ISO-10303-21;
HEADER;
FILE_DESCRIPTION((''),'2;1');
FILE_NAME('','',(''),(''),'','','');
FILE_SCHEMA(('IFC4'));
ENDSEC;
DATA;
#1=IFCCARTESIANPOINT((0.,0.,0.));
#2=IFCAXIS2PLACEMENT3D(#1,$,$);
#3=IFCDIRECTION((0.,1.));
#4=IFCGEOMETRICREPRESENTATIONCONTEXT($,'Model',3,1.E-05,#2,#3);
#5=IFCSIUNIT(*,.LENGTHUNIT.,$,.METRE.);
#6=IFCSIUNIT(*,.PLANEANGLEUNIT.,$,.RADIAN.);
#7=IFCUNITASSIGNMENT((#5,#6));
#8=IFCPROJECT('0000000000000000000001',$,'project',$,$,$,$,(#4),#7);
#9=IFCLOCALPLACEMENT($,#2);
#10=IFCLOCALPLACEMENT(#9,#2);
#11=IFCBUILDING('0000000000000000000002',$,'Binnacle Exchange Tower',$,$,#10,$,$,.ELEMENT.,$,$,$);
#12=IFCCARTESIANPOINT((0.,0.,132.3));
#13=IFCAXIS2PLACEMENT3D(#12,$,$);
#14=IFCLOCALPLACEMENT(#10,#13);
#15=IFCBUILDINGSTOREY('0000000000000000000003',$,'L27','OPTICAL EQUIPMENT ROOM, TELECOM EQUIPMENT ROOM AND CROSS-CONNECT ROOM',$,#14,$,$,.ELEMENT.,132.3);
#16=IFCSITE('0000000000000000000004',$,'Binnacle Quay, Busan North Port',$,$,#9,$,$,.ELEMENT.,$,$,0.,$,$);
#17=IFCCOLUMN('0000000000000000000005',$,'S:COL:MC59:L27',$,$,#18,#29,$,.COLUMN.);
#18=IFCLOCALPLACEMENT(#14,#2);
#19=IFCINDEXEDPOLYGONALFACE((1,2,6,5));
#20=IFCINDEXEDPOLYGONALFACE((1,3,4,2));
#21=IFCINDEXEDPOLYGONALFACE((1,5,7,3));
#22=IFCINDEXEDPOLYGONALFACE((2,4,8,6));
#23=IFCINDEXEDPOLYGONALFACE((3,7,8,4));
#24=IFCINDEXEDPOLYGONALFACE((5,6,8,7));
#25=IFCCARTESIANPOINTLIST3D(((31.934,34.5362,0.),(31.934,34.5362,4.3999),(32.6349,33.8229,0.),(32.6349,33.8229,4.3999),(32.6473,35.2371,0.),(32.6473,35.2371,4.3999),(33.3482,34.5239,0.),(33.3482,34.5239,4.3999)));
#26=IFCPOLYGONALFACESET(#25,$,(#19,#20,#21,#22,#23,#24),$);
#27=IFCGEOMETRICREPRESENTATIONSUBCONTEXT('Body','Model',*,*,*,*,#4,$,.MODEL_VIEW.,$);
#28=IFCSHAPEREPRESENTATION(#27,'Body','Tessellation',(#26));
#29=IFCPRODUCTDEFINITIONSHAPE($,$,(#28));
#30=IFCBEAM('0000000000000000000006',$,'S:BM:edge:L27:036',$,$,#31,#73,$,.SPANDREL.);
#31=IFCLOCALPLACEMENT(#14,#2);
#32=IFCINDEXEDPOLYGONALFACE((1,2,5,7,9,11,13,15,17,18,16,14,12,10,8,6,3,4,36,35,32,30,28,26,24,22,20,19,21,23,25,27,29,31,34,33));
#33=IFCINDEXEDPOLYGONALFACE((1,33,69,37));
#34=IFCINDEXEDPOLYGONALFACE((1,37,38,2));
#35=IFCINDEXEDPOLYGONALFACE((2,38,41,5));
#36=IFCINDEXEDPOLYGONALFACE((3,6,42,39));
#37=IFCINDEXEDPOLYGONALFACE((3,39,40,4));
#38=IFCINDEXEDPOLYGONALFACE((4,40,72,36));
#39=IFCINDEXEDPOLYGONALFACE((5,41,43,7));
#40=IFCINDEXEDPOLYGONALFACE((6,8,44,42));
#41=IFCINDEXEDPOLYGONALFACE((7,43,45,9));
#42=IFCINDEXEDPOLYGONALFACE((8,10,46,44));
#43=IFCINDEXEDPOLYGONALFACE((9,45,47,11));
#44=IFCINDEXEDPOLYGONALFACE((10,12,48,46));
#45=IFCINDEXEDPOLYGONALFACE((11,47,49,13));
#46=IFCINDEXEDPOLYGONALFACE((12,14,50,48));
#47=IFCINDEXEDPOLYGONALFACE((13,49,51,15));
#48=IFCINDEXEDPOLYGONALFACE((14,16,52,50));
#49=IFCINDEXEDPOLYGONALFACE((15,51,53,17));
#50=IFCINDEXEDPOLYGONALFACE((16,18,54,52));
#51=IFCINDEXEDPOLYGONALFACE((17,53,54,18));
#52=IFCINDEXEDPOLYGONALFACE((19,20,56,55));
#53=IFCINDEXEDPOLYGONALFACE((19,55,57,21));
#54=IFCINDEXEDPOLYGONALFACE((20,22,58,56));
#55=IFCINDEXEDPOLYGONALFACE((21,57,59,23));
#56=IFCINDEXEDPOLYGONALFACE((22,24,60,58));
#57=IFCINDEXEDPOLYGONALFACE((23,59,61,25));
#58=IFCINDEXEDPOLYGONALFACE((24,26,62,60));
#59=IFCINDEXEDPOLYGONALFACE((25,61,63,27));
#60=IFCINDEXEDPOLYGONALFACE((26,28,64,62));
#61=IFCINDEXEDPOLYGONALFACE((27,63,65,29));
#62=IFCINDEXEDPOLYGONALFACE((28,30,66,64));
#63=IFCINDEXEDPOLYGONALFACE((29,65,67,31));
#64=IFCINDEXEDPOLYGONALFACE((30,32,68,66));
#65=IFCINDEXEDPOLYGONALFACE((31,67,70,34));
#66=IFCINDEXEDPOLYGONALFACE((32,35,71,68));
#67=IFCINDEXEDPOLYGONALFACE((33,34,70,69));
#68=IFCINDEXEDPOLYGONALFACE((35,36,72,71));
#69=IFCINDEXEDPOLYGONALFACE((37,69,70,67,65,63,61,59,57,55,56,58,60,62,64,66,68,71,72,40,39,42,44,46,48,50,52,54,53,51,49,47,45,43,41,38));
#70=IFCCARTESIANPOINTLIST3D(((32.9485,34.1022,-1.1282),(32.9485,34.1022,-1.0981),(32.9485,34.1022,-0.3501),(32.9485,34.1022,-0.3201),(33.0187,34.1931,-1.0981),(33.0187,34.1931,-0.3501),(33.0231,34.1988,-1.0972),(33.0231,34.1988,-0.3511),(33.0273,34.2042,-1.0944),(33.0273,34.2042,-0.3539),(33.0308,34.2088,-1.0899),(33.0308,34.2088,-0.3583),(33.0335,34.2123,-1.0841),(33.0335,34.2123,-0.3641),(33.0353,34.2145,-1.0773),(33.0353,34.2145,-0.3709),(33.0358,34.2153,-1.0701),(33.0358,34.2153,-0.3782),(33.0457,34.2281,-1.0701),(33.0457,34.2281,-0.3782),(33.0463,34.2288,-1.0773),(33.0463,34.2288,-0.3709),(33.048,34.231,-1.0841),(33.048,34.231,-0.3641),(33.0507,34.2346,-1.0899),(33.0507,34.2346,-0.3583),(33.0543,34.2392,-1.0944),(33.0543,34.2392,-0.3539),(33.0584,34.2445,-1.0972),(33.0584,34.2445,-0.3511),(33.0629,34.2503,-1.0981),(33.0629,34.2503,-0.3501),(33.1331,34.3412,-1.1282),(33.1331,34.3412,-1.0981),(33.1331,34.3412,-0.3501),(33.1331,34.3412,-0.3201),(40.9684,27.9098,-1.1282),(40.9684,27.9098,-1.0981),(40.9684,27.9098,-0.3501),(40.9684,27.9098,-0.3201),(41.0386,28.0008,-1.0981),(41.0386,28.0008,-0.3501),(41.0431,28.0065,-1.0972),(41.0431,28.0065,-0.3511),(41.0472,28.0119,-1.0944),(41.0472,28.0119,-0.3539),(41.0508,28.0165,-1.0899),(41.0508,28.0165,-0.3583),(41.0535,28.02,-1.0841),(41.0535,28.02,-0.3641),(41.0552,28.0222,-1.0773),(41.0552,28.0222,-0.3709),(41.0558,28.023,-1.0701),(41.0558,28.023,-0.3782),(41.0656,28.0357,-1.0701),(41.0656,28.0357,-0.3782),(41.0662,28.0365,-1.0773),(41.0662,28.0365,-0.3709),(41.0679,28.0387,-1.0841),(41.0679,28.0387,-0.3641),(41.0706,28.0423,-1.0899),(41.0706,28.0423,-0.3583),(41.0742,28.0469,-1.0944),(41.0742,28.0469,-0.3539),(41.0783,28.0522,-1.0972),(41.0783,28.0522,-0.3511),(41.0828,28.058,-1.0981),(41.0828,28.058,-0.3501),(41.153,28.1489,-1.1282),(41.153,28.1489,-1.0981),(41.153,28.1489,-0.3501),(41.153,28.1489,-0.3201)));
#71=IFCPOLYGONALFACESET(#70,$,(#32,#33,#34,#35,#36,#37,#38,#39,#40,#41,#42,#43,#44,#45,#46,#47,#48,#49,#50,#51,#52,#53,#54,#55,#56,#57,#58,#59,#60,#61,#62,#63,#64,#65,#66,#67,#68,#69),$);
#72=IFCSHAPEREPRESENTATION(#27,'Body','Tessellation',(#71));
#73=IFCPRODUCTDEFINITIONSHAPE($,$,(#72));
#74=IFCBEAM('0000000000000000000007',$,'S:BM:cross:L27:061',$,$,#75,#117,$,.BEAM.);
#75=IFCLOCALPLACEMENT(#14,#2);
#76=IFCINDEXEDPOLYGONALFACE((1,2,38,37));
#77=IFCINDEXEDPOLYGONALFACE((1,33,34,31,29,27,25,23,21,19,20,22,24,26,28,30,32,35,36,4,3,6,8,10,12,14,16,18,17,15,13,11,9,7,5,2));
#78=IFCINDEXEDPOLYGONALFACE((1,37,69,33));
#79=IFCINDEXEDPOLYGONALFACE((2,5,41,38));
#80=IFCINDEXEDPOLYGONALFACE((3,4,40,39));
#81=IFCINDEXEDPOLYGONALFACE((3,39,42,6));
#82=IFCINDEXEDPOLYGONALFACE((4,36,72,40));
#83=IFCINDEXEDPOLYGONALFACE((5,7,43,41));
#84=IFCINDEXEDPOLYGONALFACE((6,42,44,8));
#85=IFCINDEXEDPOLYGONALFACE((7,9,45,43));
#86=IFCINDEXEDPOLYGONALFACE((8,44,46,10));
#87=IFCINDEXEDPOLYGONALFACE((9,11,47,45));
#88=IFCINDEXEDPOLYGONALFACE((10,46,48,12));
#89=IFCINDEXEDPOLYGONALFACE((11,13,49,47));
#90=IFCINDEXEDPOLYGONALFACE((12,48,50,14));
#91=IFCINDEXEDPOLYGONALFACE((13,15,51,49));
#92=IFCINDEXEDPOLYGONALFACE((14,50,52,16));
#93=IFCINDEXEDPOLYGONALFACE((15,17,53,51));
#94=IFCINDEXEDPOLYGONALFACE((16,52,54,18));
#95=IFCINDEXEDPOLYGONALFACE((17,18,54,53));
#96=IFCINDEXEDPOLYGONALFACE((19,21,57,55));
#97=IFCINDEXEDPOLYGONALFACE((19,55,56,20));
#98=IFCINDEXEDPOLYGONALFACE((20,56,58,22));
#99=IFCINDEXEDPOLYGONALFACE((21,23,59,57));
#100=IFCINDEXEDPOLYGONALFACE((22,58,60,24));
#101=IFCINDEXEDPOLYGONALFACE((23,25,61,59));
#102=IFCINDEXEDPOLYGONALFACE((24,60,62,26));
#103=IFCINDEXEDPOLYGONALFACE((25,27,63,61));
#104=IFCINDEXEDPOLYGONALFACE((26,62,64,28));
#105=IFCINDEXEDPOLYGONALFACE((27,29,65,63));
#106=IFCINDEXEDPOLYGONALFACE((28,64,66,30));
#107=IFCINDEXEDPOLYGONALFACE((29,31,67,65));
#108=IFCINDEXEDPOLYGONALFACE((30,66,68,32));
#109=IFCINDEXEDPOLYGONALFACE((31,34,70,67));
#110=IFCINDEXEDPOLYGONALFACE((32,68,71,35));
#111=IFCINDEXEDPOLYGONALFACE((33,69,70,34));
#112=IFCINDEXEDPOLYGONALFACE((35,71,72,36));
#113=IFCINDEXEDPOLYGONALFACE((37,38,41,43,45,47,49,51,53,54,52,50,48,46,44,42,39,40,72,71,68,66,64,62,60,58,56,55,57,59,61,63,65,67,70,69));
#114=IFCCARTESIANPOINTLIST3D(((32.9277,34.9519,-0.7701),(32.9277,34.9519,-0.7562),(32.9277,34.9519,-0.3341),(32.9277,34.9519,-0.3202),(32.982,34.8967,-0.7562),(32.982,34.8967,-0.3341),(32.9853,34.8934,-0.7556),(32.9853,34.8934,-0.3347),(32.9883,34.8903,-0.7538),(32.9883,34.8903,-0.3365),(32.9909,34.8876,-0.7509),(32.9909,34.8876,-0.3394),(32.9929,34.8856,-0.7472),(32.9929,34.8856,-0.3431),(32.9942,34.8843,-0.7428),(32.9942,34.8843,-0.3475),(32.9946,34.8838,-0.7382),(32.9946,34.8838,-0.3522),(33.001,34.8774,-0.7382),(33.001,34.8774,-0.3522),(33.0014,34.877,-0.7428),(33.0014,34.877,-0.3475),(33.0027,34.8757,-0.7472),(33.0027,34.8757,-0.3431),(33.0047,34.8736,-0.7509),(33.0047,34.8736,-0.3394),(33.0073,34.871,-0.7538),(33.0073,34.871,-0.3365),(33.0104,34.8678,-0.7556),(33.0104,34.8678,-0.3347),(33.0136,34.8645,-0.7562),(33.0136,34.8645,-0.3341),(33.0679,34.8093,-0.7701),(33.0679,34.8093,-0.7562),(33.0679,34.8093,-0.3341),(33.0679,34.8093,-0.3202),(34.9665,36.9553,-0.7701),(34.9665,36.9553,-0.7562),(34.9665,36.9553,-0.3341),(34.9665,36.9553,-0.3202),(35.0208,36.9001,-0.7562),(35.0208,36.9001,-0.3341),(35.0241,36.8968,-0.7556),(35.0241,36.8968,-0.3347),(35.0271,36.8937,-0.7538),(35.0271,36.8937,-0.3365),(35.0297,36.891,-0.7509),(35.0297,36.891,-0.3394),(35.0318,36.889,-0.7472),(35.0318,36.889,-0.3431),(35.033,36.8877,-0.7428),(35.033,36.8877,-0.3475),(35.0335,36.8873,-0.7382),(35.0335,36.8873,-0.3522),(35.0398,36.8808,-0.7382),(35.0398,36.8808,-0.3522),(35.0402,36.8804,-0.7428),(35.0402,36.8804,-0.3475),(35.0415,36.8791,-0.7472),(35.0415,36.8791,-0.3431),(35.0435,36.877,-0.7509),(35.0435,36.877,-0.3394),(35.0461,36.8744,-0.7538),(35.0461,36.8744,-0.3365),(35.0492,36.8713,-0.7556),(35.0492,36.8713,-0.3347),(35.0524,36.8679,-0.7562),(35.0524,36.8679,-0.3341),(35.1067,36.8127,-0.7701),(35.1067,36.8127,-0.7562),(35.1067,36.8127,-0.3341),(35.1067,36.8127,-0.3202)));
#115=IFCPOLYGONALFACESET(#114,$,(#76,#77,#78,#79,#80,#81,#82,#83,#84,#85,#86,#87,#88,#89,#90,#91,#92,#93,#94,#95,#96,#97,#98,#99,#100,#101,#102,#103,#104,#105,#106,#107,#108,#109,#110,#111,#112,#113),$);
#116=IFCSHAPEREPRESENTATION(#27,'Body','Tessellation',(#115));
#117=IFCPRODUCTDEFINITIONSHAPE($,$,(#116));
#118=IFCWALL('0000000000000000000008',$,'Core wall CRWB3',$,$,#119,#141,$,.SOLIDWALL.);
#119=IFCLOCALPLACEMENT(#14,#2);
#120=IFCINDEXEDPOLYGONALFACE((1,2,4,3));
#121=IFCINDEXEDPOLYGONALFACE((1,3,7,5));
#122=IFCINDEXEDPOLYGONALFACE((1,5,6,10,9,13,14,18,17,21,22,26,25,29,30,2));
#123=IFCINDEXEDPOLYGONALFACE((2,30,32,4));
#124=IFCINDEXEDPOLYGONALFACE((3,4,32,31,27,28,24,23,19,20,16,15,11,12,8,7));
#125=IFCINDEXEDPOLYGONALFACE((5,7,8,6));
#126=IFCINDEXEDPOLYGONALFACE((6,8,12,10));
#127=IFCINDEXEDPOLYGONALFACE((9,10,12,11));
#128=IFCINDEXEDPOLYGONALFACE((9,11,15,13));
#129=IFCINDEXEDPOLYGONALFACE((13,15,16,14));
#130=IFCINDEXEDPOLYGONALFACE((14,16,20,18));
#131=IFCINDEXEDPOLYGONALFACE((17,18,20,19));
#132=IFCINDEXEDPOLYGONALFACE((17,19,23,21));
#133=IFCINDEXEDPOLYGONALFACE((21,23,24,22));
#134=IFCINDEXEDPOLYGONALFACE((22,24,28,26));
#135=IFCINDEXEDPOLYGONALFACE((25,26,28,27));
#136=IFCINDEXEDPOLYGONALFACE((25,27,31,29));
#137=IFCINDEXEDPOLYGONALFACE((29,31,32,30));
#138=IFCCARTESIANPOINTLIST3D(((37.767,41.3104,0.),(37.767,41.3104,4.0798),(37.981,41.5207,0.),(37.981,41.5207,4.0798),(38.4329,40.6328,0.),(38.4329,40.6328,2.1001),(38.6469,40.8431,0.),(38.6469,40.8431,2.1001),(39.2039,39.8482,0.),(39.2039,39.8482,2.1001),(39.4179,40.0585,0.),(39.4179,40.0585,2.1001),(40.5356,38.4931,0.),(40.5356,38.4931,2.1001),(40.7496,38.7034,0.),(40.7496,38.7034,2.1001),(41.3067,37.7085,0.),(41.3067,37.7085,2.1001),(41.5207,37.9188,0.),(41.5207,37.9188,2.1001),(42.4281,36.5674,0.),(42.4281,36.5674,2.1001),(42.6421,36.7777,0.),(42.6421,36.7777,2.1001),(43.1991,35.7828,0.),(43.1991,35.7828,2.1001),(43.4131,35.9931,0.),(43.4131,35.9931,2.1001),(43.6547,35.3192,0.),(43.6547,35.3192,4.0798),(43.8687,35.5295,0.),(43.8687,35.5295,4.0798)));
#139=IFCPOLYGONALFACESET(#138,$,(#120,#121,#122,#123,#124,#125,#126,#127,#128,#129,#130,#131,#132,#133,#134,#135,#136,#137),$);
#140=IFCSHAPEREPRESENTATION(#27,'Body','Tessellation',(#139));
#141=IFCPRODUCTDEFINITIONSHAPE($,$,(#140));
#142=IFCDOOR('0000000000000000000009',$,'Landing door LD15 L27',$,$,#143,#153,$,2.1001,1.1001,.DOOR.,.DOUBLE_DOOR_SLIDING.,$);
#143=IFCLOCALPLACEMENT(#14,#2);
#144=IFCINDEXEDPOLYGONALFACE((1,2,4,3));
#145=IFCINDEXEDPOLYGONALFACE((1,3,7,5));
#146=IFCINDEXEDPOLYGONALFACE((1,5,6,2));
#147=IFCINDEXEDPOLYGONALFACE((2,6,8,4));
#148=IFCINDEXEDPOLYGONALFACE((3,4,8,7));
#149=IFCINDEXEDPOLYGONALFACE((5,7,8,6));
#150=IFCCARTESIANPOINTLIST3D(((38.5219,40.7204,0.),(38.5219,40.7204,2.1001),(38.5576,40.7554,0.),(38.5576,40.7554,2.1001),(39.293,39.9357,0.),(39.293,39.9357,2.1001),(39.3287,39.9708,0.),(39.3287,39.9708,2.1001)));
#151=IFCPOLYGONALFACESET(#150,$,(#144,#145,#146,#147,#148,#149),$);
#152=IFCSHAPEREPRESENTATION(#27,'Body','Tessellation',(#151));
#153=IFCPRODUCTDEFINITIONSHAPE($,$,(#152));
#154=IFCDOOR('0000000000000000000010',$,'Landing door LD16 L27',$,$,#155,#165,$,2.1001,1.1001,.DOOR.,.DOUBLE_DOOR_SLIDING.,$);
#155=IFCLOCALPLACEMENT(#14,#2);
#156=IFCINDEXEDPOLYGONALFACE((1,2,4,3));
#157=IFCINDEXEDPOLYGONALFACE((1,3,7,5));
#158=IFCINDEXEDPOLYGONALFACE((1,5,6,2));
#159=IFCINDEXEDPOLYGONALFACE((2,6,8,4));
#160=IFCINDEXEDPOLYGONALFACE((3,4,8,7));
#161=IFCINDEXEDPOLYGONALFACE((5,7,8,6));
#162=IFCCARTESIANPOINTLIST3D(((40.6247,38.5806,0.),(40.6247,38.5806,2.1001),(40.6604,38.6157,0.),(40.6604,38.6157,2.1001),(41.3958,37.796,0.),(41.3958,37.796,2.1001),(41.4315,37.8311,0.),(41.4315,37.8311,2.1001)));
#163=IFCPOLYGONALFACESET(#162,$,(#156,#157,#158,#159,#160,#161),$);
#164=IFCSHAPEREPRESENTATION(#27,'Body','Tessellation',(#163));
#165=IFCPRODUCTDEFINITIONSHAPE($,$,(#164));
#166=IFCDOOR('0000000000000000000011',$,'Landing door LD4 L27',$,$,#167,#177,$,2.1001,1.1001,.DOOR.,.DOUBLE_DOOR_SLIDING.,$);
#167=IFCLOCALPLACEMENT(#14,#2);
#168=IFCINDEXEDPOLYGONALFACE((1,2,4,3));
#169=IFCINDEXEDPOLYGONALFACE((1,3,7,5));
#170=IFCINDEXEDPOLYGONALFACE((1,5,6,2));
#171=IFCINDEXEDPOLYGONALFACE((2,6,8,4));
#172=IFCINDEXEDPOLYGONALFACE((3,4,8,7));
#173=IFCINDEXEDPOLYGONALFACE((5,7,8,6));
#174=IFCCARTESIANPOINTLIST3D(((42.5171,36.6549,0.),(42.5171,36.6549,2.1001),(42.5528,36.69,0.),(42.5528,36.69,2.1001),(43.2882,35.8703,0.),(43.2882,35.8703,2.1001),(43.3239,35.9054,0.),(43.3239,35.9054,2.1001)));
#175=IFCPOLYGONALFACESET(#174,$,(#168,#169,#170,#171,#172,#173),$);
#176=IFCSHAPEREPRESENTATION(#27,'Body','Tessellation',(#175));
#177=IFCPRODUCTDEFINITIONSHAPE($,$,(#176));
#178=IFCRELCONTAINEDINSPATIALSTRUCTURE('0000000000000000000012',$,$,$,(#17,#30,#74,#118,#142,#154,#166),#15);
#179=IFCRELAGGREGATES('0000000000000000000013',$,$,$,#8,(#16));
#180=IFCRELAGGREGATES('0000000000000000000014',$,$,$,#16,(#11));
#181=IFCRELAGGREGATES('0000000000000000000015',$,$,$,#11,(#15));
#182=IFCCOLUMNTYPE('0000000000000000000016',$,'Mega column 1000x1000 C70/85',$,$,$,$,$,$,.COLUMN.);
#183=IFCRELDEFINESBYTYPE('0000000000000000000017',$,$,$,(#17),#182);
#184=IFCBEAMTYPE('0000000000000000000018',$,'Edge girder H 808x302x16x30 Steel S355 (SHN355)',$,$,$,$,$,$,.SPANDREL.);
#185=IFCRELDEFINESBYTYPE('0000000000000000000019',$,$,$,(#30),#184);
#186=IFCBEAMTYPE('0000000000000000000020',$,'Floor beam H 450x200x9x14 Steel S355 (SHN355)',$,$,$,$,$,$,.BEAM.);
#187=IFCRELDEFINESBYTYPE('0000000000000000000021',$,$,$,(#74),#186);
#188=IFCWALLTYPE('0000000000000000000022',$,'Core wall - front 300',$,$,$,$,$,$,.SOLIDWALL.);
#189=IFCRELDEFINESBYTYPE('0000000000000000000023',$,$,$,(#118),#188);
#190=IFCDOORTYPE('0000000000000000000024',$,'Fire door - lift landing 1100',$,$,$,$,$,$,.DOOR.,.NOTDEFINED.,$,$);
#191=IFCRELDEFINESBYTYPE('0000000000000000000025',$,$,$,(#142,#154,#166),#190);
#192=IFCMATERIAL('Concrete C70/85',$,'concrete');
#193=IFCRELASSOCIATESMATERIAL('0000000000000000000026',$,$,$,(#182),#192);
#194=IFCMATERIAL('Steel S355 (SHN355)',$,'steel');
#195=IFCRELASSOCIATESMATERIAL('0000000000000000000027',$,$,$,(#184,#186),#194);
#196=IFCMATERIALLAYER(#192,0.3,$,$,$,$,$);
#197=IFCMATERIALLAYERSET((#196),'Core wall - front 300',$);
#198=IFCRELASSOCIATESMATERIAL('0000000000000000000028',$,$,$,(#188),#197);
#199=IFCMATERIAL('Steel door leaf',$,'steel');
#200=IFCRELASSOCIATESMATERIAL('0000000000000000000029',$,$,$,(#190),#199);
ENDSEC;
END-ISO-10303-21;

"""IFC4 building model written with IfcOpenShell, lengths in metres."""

from ifc_helpers import new_model, si_unit, direction, frame, frame_2d, origin, origin_2d, place, context, subcontext, project, spatial, rectangle, i_section, extrude, material, layer, layer_set, material_profile, profile_set, type_object, element, fill, save


model = new_model("IFC4")

# Units and contexts
model_context = context("Model", 3, precision=1e-05, world=origin(), true_north=direction((0.0, 1.0)))
body_context = subcontext(model_context, "Body", "Model", "MODEL_VIEW")
ifc_project = project(units=[si_unit("LENGTHUNIT", "METRE"), si_unit("PLANEANGLEUNIT", "RADIAN")], contexts=[model_context])

# Site, building, storey
site_placement = place(None, origin())
site = spatial("IfcSite", under=ifc_project, at=site_placement, Name="Binnacle Quay, Busan North Port", CompositionType="ELEMENT", RefElevation=0.0)
building_placement = place(site_placement, origin())
building = spatial("IfcBuilding", under=site, at=building_placement, Name="Binnacle Exchange Tower", CompositionType="ELEMENT")
storey_placement = place(building_placement, frame((0.0, 0.0, 132.3)))
storey = spatial("IfcBuildingStorey", under=building, at=storey_placement, Name="L27", Description="OPTICAL EQUIPMENT ROOM, TELECOM EQUIPMENT ROOM AND CROSS-CONNECT ROOM", CompositionType="ELEMENT", Elevation=132.3)

# Column
ifc_material_1 = material(Name="Concrete C70/85", Category="concrete")
ifc_material_profile_1 = material_profile(ifc_material_1, rectangle(XDim=1.0, YDim=1.0, at=origin_2d()), Name="Mega column 1000x1000 C70/85")
ifc_profile_set_1 = profile_set([ifc_material_profile_1], Name="Concrete C70/85")
column_type = type_object("IfcColumnType", Name="Mega column 1000x1000 C70/85", PredefinedType="COLUMN", material=ifc_profile_set_1)
column_placement = place(storey_placement, frame((32.6411, 34.53, 0.0), z_axis=(0.0, 0.0, 1.0), x_axis=(0.700909, -0.71325, 0.0)))
element("IfcColumn", 1, at=column_placement, inside=storey, type_object=column_type, Name="S:COL:MC59:L27", PredefinedType="COLUMN", context=body_context, shape_type="SweptSolid", body=[
    extrude(rectangle(XDim=1.0, YDim=1.0, at=origin_2d()), origin(), (0.0, 0.0, 1.0), 4.3999),
])

# Beams
ifc_material_2 = material(Name="Steel S355 (SHN355)", Category="steel")
ifc_material_profile_2 = material_profile(ifc_material_2, i_section(OverallWidth=0.302, OverallDepth=0.8081, WebThickness=0.0161, FlangeThickness=0.03, FilletRadius=0.0281, at=origin_2d()), Name="H 808x302x16x30")
ifc_profile_set_2 = profile_set([ifc_material_profile_2], Name="Steel S355 (SHN355)")
beam_type_1 = type_object("IfcBeamType", Name="Edge girder H 808x302x16x30 Steel S355 (SHN355)", PredefinedType="SPANDREL", material=ifc_profile_set_2)
beam_1_placement = place(storey_placement, frame((33.0408, 34.2217, -0.7241), z_axis=(0.791519, -0.611144, 0.0), x_axis=(0.611144, 0.791519, 0.0)))
element("IfcBeam", 2, at=beam_1_placement, inside=storey, type_object=beam_type_1, Name="S:BM:edge:L27:036", PredefinedType="SPANDREL", context=body_context, shape_type="SweptSolid", body=[
    extrude(i_section(OverallWidth=0.302, OverallDepth=0.8081, WebThickness=0.0161, FlangeThickness=0.03, FilletRadius=0.0281, at=origin_2d()), origin(), (0.0, 0.0, 1.0), 10.1323),
])
ifc_material_profile_3 = material_profile(ifc_material_2, i_section(OverallWidth=0.2, OverallDepth=0.45, WebThickness=0.009, FlangeThickness=0.0139, FilletRadius=0.0181, at=origin_2d()), Name="H 450x200x9x14")
ifc_profile_set_3 = profile_set([ifc_material_profile_3], Name="Steel S355 (SHN355)")
beam_type_2 = type_object("IfcBeamType", Name="Floor beam H 450x200x9x14 Steel S355 (SHN355)", PredefinedType="BEAM", material=ifc_profile_set_3)
beam_2_placement = place(storey_placement, frame((32.9978, 34.8806, -0.5452), z_axis=(0.713272, 0.700887, 0.0), x_axis=(-0.700887, 0.713272, 0.0)))
element("IfcBeam", 3, at=beam_2_placement, inside=storey, type_object=beam_type_2, Name="S:BM:cross:L27:061", PredefinedType="BEAM", context=body_context, shape_type="SweptSolid", body=[
    extrude(i_section(OverallWidth=0.2, OverallDepth=0.45, WebThickness=0.009, FlangeThickness=0.0139, FilletRadius=0.0181, at=origin_2d()), origin(), (0.0, 0.0, 1.0), 2.8584),
])

# Wall, openings, doors
ifc_layer_1 = layer(ifc_material_1, 0.3)
ifc_layer_set_1 = layer_set([ifc_layer_1], Name="Core wall - front 300")
wall_type_1 = type_object("IfcWallType", Name="Core wall - front 300", PredefinedType="SOLIDWALL", material=ifc_layer_set_1)
wall_1_placement = place(storey_placement, frame((37.874, 41.4155, 0.0), z_axis=(0.0, 0.0, 1.0), x_axis=(0.700918, -0.713242, 0.0)))
wall_1 = element("IfcWall", 4, at=wall_1_placement, inside=storey, type_object=wall_type_1, Name="Core wall CRWB3", PredefinedType="SOLIDWALL", context=body_context, shape_type="SweptSolid", body=[
    extrude(rectangle(XDim=8.3999, YDim=0.3, at=frame_2d((4.2, 0.0))), origin(), (0.0, 0.0, 1.0), 4.0798),
])
opening_1_placement = place(wall_1_placement, frame((0.95, 0.0, 0.0)))
opening_1 = element("IfcOpeningElement", 5, at=opening_1_placement, cuts=wall_1, PredefinedType="OPENING", context=body_context, shape_type="SweptSolid", body=[
    extrude(rectangle(XDim=1.1001, YDim=2.1001, at=frame_2d((0.55, 1.05))), frame((0.0, 0.1599, 0.0), z_axis=(0.0, -1.0, 0.0), x_axis=(1.0, 0.0, 0.0)), (0.0, 0.0, 1.0), 0.3201),
])
opening_2_placement = place(wall_1_placement, frame((3.95, 0.0, 0.0)))
opening_2 = element("IfcOpeningElement", 6, at=opening_2_placement, cuts=wall_1, PredefinedType="OPENING", context=body_context, shape_type="SweptSolid", body=[
    extrude(rectangle(XDim=1.1001, YDim=2.1001, at=frame_2d((0.55, 1.05))), frame((0.0, 0.1599, 0.0), z_axis=(0.0, -1.0, 0.0), x_axis=(1.0, 0.0, 0.0)), (0.0, 0.0, 1.0), 0.3201),
])
opening_3_placement = place(wall_1_placement, frame((6.6499, 0.0, 0.0)))
opening_3 = element("IfcOpeningElement", 7, at=opening_3_placement, cuts=wall_1, PredefinedType="OPENING", context=body_context, shape_type="SweptSolid", body=[
    extrude(rectangle(XDim=1.1001, YDim=2.1001, at=frame_2d((0.55, 1.05))), frame((0.0, 0.1599, 0.0), z_axis=(0.0, -1.0, 0.0), x_axis=(1.0, 0.0, 0.0)), (0.0, 0.0, 1.0), 0.3201),
])
ifc_material_3 = material(Name="Steel door leaf", Category="steel")
door_type_1 = type_object("IfcDoorType", Name="Fire door - lift landing 1100", OperationType="NOTDEFINED", PredefinedType="DOOR", material=ifc_material_3)
door_1_placement = place(opening_1_placement, origin())
door_1 = element("IfcDoor", 8, at=door_1_placement, inside=storey, type_object=door_type_1, Name="Landing door LD15 L27", OperationType="DOUBLE_DOOR_SLIDING", OverallHeight=2.1001, OverallWidth=1.1001, PredefinedType="DOOR", context=body_context, shape_type="SweptSolid", body=[
    extrude(rectangle(XDim=1.1001, YDim=2.1001, at=frame_2d((0.55, 1.05))), frame((0.0, 0.0249, 0.0), z_axis=(0.0, -1.0, 0.0), x_axis=(1.0, 0.0, 0.0)), (0.0, 0.0, 1.0), 0.05),
])
fill(opening_1, door_1)
door_2_placement = place(opening_2_placement, origin())
door_2 = element("IfcDoor", 9, at=door_2_placement, inside=storey, type_object=door_type_1, Name="Landing door LD16 L27", OperationType="DOUBLE_DOOR_SLIDING", OverallHeight=2.1001, OverallWidth=1.1001, PredefinedType="DOOR", context=body_context, shape_type="SweptSolid", body=[
    extrude(rectangle(XDim=1.1001, YDim=2.1001, at=frame_2d((0.55, 1.05))), frame((0.0, 0.0249, 0.0), z_axis=(0.0, -1.0, 0.0), x_axis=(1.0, 0.0, 0.0)), (0.0, 0.0, 1.0), 0.05),
])
fill(opening_2, door_2)
door_3_placement = place(opening_3_placement, origin())
door_3 = element("IfcDoor", 10, at=door_3_placement, inside=storey, type_object=door_type_1, Name="Landing door LD4 L27", OperationType="DOUBLE_DOOR_SLIDING", OverallHeight=2.1001, OverallWidth=1.1001, PredefinedType="DOOR", context=body_context, shape_type="SweptSolid", body=[
    extrude(rectangle(XDim=1.1001, YDim=2.1001, at=frame_2d((0.55, 1.05))), frame((0.0, 0.0249, 0.0), z_axis=(0.0, -1.0, 0.0), x_axis=(1.0, 0.0, 0.0)), (0.0, 0.0, 1.0), 0.05),
])
fill(opening_3, door_3)

save(model, "model.ifc")
